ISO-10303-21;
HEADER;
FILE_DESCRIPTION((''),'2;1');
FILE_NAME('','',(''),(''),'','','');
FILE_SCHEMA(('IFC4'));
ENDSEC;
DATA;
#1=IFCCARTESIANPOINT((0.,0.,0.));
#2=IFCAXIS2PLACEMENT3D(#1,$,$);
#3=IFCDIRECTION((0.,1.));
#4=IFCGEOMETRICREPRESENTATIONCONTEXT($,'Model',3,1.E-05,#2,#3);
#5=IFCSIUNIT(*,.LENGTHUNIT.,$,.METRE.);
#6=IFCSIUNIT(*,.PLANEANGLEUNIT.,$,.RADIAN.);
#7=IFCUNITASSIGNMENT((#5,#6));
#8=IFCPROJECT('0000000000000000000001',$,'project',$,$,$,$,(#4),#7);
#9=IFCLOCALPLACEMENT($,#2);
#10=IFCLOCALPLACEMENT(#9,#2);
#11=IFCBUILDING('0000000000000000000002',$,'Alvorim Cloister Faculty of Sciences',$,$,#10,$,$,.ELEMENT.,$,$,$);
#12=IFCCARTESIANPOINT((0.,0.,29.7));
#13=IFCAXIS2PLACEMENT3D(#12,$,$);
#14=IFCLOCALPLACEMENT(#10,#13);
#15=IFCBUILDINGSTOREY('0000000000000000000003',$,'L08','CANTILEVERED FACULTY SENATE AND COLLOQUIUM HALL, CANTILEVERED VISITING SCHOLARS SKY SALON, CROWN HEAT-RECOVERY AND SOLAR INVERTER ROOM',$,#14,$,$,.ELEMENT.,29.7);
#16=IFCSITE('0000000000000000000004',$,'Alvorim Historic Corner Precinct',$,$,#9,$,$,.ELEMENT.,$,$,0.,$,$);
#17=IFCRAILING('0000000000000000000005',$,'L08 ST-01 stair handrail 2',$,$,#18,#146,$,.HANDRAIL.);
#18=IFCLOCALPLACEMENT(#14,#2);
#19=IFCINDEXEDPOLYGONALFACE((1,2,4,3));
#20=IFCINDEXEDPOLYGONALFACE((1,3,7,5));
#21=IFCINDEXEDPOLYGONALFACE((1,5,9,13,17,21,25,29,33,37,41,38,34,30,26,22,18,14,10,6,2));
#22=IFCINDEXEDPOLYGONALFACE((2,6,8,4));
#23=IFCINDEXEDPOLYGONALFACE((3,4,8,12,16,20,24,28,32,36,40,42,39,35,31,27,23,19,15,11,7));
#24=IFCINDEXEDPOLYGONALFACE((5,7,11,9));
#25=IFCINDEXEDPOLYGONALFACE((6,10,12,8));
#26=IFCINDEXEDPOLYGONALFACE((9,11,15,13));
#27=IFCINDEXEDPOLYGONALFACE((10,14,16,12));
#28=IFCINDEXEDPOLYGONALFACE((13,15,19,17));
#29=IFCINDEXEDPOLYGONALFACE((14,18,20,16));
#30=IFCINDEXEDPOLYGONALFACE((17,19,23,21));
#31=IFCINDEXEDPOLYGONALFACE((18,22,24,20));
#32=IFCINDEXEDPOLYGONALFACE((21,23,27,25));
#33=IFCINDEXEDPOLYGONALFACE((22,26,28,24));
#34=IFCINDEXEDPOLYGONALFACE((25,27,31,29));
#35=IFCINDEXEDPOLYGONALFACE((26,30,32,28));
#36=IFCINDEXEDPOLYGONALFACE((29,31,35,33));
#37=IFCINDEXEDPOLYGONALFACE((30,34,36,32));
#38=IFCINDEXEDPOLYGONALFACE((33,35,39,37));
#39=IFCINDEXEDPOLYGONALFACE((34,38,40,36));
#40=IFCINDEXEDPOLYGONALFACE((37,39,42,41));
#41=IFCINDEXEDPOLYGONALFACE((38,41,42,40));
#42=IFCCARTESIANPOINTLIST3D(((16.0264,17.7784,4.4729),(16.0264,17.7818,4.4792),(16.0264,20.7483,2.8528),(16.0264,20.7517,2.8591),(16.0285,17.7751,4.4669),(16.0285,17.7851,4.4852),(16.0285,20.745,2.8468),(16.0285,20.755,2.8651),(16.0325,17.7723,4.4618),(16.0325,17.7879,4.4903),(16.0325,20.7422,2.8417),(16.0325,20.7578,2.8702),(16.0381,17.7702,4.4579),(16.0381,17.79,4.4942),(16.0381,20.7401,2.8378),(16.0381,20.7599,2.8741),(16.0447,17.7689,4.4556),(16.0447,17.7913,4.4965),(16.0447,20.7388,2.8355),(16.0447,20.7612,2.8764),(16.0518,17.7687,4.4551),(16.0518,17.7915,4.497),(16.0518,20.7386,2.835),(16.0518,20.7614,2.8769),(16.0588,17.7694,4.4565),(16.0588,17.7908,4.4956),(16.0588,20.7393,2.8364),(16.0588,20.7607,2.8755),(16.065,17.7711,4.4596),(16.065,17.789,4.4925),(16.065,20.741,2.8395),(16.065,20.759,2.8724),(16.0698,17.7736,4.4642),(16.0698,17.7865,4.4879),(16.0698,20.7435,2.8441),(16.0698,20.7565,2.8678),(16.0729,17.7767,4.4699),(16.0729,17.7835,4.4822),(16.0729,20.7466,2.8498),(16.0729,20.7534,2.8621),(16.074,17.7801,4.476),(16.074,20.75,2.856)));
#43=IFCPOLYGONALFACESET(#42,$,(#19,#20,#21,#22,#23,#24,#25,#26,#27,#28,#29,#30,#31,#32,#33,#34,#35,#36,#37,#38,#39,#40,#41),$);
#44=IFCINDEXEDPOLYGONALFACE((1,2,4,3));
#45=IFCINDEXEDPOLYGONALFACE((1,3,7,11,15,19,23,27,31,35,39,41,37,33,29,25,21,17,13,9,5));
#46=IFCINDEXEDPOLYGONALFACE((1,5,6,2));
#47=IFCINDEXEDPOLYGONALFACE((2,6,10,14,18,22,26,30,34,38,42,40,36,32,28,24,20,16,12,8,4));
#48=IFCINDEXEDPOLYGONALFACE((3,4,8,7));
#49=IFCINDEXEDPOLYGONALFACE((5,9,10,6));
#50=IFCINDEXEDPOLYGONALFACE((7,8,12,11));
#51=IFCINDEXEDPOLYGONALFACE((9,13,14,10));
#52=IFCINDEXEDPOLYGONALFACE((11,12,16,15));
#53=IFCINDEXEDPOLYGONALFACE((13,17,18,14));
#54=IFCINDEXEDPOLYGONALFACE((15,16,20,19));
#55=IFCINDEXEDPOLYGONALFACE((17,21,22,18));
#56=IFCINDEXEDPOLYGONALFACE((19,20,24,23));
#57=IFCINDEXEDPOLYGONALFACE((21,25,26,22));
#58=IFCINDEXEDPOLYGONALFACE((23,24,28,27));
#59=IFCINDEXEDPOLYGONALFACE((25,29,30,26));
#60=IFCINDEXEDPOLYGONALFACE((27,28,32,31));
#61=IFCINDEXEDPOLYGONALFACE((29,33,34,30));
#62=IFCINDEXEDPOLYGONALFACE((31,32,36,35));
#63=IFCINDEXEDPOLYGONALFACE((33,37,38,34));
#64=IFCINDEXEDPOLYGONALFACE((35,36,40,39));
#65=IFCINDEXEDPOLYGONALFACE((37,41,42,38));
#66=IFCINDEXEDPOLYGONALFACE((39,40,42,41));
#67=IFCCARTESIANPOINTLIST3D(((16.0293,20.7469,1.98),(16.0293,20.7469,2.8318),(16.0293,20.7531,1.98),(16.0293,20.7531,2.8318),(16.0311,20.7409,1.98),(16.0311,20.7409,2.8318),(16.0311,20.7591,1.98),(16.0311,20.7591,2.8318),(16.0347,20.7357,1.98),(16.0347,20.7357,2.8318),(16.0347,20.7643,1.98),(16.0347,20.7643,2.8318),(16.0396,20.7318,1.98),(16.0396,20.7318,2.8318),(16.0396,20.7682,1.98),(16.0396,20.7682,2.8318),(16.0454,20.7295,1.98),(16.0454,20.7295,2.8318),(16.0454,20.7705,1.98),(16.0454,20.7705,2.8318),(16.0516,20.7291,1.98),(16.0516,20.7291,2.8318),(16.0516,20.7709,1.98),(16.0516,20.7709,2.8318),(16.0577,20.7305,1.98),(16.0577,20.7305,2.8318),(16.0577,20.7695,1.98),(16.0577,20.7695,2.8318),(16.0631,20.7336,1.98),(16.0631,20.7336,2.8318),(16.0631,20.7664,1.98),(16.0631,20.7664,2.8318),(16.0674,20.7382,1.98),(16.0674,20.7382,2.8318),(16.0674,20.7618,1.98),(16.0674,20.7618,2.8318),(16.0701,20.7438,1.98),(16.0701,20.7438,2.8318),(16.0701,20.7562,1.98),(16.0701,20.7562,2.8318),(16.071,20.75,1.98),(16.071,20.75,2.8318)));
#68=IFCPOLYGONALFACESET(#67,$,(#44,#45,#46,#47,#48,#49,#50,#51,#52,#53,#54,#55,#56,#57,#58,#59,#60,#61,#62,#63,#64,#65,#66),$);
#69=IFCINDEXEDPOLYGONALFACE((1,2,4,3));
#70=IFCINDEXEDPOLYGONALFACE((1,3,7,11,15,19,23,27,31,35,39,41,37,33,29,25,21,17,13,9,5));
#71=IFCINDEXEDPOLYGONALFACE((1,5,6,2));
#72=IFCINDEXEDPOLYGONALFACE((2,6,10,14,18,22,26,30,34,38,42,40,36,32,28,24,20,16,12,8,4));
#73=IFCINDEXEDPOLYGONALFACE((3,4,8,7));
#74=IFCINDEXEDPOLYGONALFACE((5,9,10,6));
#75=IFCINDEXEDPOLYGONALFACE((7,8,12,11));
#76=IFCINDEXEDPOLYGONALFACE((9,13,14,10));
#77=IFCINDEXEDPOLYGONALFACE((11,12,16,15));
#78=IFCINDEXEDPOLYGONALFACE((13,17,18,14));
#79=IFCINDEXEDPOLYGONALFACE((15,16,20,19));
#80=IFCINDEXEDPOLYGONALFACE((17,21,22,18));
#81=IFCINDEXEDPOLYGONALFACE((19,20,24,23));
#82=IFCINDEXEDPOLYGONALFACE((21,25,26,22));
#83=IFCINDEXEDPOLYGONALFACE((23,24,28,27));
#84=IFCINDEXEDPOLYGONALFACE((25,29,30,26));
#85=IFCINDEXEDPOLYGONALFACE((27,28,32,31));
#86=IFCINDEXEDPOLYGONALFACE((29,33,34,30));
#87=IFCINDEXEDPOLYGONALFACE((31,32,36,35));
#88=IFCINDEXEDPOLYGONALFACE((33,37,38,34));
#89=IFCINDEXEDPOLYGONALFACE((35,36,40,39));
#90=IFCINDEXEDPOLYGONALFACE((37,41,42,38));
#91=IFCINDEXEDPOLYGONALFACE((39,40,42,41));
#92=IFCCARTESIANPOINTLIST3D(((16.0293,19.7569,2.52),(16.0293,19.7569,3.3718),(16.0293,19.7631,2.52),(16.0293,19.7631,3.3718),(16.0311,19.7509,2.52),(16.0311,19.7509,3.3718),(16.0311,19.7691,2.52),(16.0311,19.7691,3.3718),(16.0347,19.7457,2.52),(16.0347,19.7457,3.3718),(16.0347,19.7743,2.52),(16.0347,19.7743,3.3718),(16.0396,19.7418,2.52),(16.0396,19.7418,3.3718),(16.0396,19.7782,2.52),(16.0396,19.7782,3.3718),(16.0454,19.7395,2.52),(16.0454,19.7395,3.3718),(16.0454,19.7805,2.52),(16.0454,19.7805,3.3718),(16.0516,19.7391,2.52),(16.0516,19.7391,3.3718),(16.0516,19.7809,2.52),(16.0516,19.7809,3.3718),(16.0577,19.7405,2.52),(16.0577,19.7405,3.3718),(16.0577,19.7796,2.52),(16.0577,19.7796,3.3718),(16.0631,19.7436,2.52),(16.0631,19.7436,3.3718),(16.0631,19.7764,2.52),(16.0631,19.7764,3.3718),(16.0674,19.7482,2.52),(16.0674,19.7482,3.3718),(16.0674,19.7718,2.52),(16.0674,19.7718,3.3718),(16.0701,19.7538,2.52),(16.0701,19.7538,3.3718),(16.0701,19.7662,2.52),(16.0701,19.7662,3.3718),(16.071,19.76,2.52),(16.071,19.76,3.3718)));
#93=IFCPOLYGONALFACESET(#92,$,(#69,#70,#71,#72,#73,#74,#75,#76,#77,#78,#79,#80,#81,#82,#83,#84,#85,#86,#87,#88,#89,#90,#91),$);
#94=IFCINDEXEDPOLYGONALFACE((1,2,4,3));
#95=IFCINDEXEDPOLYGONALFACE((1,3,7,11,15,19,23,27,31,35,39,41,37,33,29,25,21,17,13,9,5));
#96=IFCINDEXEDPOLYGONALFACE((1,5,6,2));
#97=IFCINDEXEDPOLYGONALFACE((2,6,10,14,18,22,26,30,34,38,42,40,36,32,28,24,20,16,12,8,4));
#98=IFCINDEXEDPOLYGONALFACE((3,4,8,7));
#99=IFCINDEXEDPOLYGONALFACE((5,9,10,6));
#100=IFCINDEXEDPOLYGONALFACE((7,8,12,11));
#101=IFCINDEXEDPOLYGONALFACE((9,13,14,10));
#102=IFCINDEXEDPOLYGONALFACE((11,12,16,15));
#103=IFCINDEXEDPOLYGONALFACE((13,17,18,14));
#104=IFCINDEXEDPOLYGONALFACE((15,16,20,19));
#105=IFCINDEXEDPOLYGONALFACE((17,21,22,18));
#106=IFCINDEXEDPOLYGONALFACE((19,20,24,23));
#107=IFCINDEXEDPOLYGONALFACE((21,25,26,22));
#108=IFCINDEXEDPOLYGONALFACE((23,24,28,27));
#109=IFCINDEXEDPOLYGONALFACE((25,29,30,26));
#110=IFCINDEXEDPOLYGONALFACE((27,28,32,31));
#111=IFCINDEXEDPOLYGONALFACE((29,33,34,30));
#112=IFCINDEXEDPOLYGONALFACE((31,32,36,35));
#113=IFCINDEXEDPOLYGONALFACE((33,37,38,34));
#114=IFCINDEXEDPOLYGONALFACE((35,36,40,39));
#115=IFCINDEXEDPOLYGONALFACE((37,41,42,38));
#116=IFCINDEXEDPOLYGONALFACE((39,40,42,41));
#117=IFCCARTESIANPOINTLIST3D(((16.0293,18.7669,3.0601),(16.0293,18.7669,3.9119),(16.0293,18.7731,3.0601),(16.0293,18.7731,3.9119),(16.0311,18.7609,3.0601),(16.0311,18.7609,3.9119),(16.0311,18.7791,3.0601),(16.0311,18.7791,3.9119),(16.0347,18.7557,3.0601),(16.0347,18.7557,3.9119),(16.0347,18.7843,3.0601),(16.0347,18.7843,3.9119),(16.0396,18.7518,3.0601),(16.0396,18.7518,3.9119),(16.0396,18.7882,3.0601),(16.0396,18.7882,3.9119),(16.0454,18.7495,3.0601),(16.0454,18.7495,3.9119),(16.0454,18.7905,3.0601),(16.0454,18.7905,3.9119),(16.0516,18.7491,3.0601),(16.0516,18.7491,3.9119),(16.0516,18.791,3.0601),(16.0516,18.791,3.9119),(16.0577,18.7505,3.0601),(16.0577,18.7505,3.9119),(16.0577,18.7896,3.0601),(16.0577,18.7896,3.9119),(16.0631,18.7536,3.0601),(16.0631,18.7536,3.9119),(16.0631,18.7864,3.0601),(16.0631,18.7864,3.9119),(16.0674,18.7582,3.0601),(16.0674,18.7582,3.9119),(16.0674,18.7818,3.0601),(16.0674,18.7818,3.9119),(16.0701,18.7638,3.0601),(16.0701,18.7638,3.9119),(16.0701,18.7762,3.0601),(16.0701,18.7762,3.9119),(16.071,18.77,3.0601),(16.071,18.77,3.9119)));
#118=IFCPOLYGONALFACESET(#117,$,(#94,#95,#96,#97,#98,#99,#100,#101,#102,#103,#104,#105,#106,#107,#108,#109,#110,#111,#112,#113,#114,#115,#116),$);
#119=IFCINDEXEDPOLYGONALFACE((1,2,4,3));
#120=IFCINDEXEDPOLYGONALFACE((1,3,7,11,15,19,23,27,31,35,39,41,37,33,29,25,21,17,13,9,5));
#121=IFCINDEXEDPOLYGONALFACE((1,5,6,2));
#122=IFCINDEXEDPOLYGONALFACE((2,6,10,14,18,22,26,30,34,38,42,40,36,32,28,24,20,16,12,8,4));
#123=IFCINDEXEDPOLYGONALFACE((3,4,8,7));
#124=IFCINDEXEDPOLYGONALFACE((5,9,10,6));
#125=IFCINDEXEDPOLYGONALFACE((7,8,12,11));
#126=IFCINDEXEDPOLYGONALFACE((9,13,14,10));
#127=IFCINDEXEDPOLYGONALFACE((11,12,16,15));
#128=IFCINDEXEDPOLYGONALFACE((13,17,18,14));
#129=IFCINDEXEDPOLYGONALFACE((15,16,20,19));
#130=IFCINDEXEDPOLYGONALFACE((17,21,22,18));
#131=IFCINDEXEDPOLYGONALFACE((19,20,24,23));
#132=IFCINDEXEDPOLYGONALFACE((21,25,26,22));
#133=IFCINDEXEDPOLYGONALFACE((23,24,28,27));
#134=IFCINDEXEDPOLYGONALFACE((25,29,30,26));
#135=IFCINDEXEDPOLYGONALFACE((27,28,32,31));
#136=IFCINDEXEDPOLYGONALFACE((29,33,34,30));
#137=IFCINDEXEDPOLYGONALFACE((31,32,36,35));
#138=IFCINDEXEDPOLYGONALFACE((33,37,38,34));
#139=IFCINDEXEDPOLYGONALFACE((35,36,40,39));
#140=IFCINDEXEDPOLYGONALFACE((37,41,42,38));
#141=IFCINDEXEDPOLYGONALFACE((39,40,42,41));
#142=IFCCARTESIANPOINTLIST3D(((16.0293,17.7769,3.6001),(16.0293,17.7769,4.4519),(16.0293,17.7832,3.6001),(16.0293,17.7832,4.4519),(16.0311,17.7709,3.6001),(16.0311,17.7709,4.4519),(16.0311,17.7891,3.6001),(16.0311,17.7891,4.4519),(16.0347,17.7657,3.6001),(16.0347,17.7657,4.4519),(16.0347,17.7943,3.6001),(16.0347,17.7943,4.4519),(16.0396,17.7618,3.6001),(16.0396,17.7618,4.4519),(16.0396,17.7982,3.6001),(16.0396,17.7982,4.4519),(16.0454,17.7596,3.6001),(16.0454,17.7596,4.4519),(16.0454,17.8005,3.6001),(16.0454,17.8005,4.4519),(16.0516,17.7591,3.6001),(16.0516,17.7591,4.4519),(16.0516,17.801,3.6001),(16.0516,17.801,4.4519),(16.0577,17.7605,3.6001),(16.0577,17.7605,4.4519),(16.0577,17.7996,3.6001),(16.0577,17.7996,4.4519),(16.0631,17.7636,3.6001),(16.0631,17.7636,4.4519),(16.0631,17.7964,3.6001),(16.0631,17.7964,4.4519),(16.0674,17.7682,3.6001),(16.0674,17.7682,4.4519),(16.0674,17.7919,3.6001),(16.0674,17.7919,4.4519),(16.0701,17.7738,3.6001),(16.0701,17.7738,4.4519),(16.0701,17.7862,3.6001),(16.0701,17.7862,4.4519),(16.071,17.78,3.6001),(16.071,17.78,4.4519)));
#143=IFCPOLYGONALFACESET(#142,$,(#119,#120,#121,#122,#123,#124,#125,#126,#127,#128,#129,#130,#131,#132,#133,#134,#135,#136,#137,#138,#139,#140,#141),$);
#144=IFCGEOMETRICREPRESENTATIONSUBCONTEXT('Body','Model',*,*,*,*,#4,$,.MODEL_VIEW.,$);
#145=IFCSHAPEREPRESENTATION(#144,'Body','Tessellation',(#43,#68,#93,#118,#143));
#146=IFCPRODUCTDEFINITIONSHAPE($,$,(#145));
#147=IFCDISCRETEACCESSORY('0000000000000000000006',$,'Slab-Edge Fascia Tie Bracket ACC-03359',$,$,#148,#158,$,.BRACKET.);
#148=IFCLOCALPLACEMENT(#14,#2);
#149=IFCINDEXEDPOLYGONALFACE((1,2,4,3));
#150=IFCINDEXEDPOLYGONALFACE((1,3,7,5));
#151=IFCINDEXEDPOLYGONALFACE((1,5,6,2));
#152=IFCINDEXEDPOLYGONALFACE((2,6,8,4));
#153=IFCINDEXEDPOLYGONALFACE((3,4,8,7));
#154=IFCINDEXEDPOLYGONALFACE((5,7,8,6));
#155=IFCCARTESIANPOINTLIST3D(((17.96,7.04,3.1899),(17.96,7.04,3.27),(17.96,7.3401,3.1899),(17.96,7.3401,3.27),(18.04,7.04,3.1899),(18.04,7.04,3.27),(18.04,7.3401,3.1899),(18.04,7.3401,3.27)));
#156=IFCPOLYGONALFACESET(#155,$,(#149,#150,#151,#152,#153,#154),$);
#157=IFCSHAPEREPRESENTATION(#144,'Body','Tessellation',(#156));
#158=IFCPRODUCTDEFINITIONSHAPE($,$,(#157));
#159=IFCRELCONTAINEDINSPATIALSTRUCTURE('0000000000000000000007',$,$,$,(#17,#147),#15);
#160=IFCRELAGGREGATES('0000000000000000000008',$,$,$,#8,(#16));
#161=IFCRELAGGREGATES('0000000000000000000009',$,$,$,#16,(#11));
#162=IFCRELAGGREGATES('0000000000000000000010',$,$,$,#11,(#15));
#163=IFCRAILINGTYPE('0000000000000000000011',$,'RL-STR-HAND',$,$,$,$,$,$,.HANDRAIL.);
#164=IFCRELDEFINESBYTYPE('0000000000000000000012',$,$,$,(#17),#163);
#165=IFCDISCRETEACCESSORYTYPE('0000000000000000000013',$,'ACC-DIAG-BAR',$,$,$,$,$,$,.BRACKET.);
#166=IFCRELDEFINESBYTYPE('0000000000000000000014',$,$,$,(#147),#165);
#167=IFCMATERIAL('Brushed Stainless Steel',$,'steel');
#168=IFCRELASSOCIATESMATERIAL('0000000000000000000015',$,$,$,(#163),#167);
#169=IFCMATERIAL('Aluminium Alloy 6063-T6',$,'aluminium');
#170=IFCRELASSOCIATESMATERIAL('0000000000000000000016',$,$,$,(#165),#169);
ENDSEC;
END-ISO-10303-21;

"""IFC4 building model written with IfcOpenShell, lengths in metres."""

from ifc_helpers import new_model, si_unit, direction, frame, origin, origin_2d, place, context, subcontext, project, spatial, rectangle, circle, extrude, material, type_object, element, save


model = new_model("IFC4")

# Units and contexts
model_context = context("Model", 3, precision=1e-05, world=origin(), true_north=direction((0.0, 1.0)))
body_context = subcontext(model_context, "Body", "Model", "MODEL_VIEW")
ifc_project = project(units=[si_unit("LENGTHUNIT", "METRE"), si_unit("PLANEANGLEUNIT", "RADIAN")], contexts=[model_context])

# Site, building, storey
site_placement = place(None, origin())
site = spatial("IfcSite", under=ifc_project, at=site_placement, Name="Alvorim Historic Corner Precinct", CompositionType="ELEMENT", RefElevation=0.0)
building_placement = place(site_placement, origin())
building = spatial("IfcBuilding", under=site, at=building_placement, Name="Alvorim Cloister Faculty of Sciences", CompositionType="ELEMENT")
storey_placement = place(building_placement, frame((0.0, 0.0, 29.7)))
storey = spatial("IfcBuildingStorey", under=building, at=storey_placement, Name="L08", Description="CANTILEVERED FACULTY SENATE AND COLLOQUIUM HALL, CANTILEVERED VISITING SCHOLARS SKY SALON, CROWN HEAT-RECOVERY AND SOLAR INVERTER ROOM", CompositionType="ELEMENT", Elevation=29.7)

# Shared definitions
ifc_material_1 = material(Name="Aluminium Alloy 6063-T6", Category="aluminium")

# Railing
ifc_material_2 = material(Name="Brushed Stainless Steel", Category="steel")
railing_type_1 = type_object("IfcRailingType", Name="RL-STR-HAND", PredefinedType="HANDRAIL", material=ifc_material_2)
railing_1_placement = place(storey_placement, frame((16.05, 20.75, 1.98)))
element("IfcRailing", 1, at=railing_1_placement, inside=storey, type_object=railing_type_1, Name="L08 ST-01 stair handrail 2", PredefinedType="HANDRAIL", context=body_context, shape_type="SweptSolid", body=[
    extrude(circle(Radius=0.0239, at=origin_2d()), frame((0.0, 0.0, 0.876), z_axis=(0.0, -0.877879, 0.478882), x_axis=(1.0, 0.0, 0.0)), (0.0, 0.0, 1.0), 3.3831),
    extrude(circle(Radius=0.021, at=origin_2d()), origin(), (0.0, 0.0, 1.0), 0.8518),
    extrude(circle(Radius=0.021, at=origin_2d()), frame((0.0, -0.99, 0.54)), (0.0, 0.0, 1.0), 0.8518),
    extrude(circle(Radius=0.021, at=origin_2d()), frame((0.0, -1.98, 1.0801)), (0.0, 0.0, 1.0), 0.8518),
    extrude(circle(Radius=0.021, at=origin_2d()), frame((0.0, -2.97, 1.6201)), (0.0, 0.0, 1.0), 0.8518),
])

# Discrete accessory
discrete_accessory_type = type_object("IfcDiscreteAccessoryType", Name="ACC-DIAG-BAR", PredefinedType="BRACKET", material=ifc_material_1)
discrete_accessory_placement = place(storey_placement, frame((18.0, 7.3401, 3.23), z_axis=(0.0, -1.0, 0.0), x_axis=(1.0, 0.0, 0.0)))
element("IfcDiscreteAccessory", 2, at=discrete_accessory_placement, inside=storey, type_object=discrete_accessory_type, Name="Slab-Edge Fascia Tie Bracket ACC-03359", PredefinedType="BRACKET", context=body_context, shape_type="SweptSolid", body=[
    extrude(rectangle(XDim=0.0801, YDim=0.0801, at=origin_2d()), origin(), (0.0, 0.0, 1.0), 0.3),
])

save(model, "model.ifc")
